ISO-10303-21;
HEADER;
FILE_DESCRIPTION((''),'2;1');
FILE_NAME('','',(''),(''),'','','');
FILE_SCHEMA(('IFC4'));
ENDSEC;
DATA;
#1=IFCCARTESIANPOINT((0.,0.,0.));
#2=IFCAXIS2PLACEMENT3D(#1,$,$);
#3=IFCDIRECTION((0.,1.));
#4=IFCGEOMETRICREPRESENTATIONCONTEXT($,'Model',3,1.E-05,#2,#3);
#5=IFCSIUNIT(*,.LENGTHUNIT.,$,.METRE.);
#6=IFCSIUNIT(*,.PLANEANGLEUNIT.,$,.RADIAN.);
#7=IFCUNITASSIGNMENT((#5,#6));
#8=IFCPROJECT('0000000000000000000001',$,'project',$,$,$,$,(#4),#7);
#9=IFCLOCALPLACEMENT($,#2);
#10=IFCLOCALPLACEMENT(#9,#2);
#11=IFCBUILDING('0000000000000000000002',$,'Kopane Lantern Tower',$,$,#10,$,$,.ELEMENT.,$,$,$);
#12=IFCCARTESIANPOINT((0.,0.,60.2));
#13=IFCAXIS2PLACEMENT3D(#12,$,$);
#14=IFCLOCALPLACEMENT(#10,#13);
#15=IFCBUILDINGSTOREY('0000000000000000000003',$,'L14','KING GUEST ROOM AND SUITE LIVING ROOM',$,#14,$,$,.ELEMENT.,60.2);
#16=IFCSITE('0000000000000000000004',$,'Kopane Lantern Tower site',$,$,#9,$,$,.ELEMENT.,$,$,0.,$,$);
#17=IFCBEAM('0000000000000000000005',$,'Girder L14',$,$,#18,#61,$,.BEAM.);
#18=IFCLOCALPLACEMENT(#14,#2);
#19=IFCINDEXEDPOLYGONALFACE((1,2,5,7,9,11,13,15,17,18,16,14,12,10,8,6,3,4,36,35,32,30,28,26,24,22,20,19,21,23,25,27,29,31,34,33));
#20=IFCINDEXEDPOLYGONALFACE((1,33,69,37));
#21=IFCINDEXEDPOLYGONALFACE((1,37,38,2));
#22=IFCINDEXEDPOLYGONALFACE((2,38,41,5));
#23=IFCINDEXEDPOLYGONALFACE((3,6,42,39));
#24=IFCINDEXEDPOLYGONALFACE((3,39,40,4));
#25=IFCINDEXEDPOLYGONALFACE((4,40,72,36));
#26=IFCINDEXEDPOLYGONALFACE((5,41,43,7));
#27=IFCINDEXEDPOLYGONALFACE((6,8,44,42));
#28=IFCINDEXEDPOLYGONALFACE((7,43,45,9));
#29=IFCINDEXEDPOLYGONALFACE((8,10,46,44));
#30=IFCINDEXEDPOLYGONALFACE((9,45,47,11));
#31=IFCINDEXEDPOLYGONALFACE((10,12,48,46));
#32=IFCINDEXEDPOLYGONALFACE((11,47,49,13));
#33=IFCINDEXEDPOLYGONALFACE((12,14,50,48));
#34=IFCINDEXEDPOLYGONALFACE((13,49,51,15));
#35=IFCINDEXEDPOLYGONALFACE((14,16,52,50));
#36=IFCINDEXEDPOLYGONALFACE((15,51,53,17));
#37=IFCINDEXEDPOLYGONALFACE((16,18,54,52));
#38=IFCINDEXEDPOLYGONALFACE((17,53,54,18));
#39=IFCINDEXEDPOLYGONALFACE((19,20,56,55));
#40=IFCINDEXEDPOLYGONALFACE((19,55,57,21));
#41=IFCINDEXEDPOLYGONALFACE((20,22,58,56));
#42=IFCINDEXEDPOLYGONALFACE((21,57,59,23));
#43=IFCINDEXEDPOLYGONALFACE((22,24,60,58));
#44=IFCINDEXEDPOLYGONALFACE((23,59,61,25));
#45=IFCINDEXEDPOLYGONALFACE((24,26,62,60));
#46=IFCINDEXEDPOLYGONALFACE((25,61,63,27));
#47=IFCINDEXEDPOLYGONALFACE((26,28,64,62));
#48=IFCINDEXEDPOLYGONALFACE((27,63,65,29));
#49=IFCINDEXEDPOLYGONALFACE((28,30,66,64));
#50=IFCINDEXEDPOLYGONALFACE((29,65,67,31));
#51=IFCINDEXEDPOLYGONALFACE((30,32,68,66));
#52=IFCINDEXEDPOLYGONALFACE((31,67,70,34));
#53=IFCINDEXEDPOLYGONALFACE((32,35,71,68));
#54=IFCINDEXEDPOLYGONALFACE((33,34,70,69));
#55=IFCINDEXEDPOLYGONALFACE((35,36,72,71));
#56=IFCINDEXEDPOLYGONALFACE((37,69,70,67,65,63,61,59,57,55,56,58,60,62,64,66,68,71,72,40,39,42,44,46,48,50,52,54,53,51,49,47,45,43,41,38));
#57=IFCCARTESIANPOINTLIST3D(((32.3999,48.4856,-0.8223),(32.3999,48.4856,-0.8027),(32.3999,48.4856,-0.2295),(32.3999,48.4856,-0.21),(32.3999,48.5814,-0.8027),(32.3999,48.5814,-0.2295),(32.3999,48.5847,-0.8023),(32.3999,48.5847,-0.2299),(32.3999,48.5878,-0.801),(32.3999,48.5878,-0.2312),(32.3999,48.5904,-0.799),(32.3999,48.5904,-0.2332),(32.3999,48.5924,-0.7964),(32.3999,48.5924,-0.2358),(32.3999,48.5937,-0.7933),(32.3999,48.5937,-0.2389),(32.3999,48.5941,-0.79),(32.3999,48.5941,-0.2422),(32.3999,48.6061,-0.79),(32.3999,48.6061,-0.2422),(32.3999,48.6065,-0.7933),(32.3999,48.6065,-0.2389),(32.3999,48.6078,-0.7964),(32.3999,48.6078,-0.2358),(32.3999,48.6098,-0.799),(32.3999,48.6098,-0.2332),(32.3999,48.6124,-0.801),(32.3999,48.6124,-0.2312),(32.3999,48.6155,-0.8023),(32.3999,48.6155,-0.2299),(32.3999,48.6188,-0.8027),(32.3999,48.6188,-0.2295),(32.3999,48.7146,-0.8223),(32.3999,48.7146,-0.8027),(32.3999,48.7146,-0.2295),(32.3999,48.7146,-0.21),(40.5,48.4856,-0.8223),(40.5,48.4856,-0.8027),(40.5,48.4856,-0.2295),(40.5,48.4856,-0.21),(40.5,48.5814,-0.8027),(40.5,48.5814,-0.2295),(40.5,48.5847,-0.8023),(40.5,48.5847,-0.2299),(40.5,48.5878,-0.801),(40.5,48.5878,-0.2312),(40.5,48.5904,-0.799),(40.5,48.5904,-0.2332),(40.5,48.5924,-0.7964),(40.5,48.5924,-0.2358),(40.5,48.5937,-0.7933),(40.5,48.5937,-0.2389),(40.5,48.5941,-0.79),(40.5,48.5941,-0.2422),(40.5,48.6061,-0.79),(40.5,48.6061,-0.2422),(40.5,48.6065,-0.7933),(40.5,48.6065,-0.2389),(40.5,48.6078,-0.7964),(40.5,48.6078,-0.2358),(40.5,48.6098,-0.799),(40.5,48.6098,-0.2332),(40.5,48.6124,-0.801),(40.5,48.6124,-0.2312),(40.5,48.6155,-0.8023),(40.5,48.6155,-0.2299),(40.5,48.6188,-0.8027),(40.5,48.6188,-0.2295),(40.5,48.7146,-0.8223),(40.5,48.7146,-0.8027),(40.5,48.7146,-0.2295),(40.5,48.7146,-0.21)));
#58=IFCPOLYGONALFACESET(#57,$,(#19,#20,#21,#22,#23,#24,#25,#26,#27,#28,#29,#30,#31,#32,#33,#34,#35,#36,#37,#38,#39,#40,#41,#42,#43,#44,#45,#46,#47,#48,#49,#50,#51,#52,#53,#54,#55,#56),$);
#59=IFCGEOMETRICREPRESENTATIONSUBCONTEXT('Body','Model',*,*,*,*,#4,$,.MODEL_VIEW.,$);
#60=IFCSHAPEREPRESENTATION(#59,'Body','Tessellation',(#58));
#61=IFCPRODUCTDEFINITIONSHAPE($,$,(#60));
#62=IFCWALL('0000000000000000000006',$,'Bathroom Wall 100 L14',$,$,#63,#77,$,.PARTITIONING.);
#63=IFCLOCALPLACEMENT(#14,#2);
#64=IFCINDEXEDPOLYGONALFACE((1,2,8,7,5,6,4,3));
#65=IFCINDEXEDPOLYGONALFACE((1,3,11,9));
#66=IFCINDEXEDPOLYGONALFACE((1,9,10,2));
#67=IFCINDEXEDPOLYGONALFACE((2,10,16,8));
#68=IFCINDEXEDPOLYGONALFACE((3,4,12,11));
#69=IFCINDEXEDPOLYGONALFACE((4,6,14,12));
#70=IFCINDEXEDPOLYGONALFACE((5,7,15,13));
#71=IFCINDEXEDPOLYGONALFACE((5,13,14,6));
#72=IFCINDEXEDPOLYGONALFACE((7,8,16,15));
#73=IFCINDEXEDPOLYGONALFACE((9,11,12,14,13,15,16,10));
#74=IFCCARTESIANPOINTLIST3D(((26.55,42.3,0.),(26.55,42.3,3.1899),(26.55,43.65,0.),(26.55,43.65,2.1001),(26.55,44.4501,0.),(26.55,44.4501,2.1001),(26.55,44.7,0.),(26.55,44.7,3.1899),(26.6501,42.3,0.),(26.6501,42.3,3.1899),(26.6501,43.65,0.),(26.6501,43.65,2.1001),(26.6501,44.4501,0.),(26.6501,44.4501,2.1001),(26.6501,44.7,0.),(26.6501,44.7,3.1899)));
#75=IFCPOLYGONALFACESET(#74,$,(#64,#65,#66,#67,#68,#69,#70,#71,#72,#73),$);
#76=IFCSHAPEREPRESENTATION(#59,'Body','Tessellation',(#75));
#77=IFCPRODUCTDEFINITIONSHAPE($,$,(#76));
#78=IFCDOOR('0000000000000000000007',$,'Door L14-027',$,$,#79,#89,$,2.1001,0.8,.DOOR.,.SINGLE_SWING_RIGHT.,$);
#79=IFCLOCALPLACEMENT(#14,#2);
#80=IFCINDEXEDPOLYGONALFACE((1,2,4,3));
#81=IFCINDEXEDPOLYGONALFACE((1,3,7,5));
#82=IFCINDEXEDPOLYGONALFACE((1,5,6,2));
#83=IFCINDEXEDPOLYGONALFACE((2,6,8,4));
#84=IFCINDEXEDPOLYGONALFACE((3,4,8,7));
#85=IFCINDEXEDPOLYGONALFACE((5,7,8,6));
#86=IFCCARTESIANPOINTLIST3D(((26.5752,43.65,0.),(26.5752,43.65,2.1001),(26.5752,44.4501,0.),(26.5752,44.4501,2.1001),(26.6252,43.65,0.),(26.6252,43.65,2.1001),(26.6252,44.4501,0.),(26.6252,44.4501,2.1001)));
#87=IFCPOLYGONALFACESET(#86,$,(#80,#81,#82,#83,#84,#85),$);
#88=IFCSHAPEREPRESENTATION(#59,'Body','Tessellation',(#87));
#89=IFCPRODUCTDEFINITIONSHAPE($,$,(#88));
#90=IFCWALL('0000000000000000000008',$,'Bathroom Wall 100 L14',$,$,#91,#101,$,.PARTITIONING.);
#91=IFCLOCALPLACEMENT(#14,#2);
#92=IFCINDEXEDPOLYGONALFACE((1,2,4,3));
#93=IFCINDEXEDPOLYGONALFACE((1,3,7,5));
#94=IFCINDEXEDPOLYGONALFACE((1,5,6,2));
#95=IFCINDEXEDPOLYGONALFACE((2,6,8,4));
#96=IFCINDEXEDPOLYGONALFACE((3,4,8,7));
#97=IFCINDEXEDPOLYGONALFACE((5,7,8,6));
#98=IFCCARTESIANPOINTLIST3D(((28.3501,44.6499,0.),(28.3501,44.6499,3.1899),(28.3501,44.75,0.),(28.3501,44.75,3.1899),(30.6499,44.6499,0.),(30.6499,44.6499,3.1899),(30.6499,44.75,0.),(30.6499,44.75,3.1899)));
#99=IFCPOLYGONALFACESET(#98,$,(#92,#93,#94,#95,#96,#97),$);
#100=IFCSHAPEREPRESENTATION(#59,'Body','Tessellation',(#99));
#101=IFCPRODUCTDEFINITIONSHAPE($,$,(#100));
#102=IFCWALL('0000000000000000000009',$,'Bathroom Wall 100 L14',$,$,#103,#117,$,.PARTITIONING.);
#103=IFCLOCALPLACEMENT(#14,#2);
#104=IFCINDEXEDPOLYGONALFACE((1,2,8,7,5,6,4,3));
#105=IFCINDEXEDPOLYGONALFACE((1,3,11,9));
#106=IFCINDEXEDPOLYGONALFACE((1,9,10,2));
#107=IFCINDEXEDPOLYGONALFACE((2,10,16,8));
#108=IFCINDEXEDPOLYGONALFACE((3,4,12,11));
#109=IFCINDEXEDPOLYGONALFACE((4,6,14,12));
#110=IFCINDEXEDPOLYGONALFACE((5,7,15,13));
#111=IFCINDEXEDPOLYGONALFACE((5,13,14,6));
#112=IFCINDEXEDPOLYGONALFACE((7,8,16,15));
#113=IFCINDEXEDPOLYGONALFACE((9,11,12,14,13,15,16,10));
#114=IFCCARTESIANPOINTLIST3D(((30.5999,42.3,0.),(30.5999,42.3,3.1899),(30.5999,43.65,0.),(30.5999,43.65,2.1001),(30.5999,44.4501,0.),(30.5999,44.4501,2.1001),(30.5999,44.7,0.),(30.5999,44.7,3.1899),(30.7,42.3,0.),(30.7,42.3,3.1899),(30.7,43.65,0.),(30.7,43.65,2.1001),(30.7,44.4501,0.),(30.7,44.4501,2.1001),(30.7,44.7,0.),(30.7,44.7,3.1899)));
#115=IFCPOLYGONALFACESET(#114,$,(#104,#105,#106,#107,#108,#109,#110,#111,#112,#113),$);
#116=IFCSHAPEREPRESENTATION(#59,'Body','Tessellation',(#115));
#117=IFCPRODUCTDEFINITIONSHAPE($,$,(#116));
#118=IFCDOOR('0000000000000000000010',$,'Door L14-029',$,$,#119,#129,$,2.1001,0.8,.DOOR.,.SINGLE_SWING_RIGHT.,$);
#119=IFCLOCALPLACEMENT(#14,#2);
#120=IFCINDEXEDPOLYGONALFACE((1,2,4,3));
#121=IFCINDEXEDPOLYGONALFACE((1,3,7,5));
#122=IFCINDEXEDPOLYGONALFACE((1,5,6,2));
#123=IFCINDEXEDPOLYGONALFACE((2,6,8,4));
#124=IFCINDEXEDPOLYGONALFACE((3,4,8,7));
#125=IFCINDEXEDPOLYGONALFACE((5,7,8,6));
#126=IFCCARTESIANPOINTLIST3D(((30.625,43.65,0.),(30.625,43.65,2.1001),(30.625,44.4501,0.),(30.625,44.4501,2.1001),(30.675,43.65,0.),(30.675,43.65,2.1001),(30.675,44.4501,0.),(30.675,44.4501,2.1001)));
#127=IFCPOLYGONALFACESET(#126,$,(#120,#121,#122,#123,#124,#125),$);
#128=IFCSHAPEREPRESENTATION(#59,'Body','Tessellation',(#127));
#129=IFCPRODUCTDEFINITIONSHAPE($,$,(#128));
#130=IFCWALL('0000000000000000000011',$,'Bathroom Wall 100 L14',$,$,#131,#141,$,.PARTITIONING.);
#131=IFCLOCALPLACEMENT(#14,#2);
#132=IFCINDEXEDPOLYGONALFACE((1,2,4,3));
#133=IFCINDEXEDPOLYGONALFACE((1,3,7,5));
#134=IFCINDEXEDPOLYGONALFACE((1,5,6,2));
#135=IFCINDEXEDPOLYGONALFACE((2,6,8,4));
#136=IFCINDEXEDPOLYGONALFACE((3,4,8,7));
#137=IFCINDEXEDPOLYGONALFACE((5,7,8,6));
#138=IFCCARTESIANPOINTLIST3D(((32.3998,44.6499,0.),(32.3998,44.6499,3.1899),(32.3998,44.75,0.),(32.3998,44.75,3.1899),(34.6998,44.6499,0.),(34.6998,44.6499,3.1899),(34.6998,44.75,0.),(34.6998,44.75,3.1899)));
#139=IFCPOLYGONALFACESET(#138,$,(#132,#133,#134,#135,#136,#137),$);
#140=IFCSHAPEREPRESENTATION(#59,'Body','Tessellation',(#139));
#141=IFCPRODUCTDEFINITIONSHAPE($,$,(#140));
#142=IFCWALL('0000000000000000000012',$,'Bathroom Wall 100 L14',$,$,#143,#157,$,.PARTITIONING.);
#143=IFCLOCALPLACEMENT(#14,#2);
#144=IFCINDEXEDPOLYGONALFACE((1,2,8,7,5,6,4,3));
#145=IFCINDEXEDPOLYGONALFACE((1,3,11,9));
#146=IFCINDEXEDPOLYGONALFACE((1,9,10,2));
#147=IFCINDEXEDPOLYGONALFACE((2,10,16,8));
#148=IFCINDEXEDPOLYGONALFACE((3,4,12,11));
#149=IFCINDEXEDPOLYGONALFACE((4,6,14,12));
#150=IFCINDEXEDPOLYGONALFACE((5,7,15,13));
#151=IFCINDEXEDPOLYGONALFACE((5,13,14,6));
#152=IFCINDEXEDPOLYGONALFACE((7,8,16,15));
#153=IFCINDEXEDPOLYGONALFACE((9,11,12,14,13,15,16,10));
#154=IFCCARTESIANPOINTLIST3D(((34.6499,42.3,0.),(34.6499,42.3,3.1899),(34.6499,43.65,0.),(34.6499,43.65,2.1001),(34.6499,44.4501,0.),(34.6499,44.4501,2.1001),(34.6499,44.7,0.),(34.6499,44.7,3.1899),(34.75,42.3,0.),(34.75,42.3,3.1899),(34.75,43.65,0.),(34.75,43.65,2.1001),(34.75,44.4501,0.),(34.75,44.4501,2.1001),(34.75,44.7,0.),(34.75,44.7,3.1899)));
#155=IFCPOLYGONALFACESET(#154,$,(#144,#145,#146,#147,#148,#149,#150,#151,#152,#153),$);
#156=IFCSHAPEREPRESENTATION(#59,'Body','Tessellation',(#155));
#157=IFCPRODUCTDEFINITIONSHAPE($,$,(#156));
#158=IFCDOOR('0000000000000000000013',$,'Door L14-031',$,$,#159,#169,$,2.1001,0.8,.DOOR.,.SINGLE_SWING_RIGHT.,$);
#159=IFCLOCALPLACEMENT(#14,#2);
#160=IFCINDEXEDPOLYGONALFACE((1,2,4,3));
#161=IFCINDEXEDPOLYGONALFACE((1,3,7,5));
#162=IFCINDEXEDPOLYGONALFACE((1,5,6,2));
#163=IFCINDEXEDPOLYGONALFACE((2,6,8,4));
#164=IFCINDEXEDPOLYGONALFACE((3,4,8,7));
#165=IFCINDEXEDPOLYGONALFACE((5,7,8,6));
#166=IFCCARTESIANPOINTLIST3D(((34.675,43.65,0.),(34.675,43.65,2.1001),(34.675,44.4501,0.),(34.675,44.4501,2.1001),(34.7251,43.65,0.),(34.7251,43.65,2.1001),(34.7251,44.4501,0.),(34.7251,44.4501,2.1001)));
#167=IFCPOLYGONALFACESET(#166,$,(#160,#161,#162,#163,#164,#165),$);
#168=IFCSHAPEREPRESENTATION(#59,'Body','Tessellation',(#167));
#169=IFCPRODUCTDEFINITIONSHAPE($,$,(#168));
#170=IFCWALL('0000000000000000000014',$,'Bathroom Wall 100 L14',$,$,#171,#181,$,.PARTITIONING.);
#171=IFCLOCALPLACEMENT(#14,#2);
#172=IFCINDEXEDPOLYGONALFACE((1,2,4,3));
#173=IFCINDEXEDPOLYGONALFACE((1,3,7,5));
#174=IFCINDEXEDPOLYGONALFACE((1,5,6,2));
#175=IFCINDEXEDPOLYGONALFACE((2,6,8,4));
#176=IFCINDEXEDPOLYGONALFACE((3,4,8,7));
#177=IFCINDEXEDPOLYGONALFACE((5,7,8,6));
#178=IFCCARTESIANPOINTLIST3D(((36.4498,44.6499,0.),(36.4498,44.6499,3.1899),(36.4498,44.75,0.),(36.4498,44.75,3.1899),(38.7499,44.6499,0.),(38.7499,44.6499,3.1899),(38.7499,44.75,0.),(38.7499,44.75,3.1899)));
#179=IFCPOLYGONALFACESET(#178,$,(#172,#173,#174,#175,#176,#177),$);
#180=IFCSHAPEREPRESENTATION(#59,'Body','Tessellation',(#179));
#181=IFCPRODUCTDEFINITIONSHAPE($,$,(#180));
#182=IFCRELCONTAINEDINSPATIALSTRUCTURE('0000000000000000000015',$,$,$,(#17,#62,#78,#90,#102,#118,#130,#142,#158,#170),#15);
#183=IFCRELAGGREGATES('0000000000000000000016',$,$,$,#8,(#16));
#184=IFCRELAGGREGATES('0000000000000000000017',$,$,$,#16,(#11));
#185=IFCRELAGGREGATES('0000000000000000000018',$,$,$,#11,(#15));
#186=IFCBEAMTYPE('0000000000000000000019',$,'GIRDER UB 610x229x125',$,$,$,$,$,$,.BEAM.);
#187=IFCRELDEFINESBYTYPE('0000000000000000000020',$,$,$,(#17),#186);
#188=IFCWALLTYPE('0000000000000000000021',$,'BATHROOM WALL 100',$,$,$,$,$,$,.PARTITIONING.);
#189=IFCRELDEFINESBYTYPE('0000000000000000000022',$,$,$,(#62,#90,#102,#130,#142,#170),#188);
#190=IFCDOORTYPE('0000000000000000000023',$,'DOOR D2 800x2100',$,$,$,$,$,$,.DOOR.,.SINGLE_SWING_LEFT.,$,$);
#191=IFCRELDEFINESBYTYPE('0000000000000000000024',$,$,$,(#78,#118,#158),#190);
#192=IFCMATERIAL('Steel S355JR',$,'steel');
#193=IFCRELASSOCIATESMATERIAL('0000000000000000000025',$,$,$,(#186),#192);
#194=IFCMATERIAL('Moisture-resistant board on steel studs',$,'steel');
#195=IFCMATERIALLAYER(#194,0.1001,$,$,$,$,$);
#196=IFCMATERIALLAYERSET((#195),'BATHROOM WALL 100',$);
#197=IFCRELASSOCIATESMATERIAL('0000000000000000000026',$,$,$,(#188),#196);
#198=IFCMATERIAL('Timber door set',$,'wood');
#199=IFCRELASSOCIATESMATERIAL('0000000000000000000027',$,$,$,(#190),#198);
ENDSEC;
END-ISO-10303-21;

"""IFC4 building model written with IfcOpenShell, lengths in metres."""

from ifc_helpers import new_model, si_unit, direction, frame, frame_2d, origin, origin_2d, place, context, subcontext, project, spatial, rectangle, i_section, extrude, material, layer, layer_set, material_profile, profile_set, type_object, element, fill, save


model = new_model("IFC4")

# Units and contexts
model_context = context("Model", 3, precision=1e-05, world=origin(), true_north=direction((0.0, 1.0)))
body_context = subcontext(model_context, "Body", "Model", "MODEL_VIEW")
ifc_project = project(units=[si_unit("LENGTHUNIT", "METRE"), si_unit("PLANEANGLEUNIT", "RADIAN")], contexts=[model_context])

# Site, building, storey
site_placement = place(None, origin())
site = spatial("IfcSite", under=ifc_project, at=site_placement, Name="Kopane Lantern Tower site", CompositionType="ELEMENT", RefElevation=0.0)
building_placement = place(site_placement, origin())
building = spatial("IfcBuilding", under=site, at=building_placement, Name="Kopane Lantern Tower", CompositionType="ELEMENT")
storey_placement = place(building_placement, frame((0.0, 0.0, 60.2)))
storey = spatial("IfcBuildingStorey", under=building, at=storey_placement, Name="L14", Description="KING GUEST ROOM AND SUITE LIVING ROOM", CompositionType="ELEMENT", Elevation=60.2)

# Beam
ifc_material_1 = material(Name="Steel S355JR", Category="steel")
ifc_material_profile_1 = material_profile(ifc_material_1, i_section(OverallWidth=0.229, OverallDepth=0.6123, WebThickness=0.012, FlangeThickness=0.0195, FilletRadius=0.0127, at=origin_2d()), Name="UB 610x229x125")
ifc_profile_set_1 = profile_set([ifc_material_profile_1], Name="Steel S355JR")
beam_type = type_object("IfcBeamType", Name="GIRDER UB 610x229x125", PredefinedType="BEAM", material=ifc_profile_set_1)
for number, where, z_axis, x_axis, name in (
    (1, (32.3999, 48.6001, -0.5161), (1.0, 0.0, 0.0), (0.0, 1.0, 0.0), "Girder L14"),
):
    element("IfcBeam", number, at=place(storey_placement, frame(where, z_axis=z_axis, x_axis=x_axis)), inside=storey, type_object=beam_type, Name=name, PredefinedType="BEAM", context=body_context, shape_type="SweptSolid", body=[
        extrude(i_section(OverallWidth=0.229, OverallDepth=0.6123, WebThickness=0.012, FlangeThickness=0.0195, FilletRadius=0.0127, at=origin_2d()), origin(), (0.0, 0.0, 1.0), 8.1001),
    ])

# Wall, opening, door
ifc_material_2 = material(Name="Moisture-resistant board on steel studs", Category="steel")
ifc_layer_1 = layer(ifc_material_2, 0.1001)
ifc_layer_set_1 = layer_set([ifc_layer_1], Name="BATHROOM WALL 100")
wall_type_1 = type_object("IfcWallType", Name="BATHROOM WALL 100", PredefinedType="PARTITIONING", material=ifc_layer_set_1)
wall_1_placement = place(storey_placement, frame((26.6001, 42.3, 0.0), z_axis=(0.0, 0.0, 1.0), x_axis=(0.0, 1.0, 0.0)))
wall_1 = element("IfcWall", 2, at=wall_1_placement, inside=storey, type_object=wall_type_1, Name="Bathroom Wall 100 L14", PredefinedType="PARTITIONING", context=body_context, shape_type="SweptSolid", body=[
    extrude(rectangle(XDim=2.3999, YDim=0.1001, at=frame_2d((1.2, 0.0))), origin(), (0.0, 0.0, 1.0), 3.1899),
])
opening_1_placement = place(wall_1_placement, frame((1.3501, 0.0, 0.0)))
opening_1 = element("IfcOpeningElement", 3, at=opening_1_placement, cuts=wall_1, PredefinedType="OPENING", context=body_context, shape_type="SweptSolid", body=[
    extrude(rectangle(XDim=0.8, YDim=2.1001, at=frame_2d((0.3999, 1.05))), frame((0.0, 0.0601, 0.0), z_axis=(0.0, -1.0, 0.0), x_axis=(1.0, 0.0, 0.0)), (0.0, 0.0, 1.0), 0.1201),
])
ifc_material_3 = material(Name="Timber door set", Category="wood")
door_type_1 = type_object("IfcDoorType", Name="DOOR D2 800x2100", OperationType="SINGLE_SWING_LEFT", PredefinedType="DOOR", material=ifc_material_3)
door_1_placement = place(opening_1_placement, origin())
door_1 = element("IfcDoor", 4, at=door_1_placement, inside=storey, type_object=door_type_1, Name="Door L14-027", OperationType="SINGLE_SWING_RIGHT", OverallHeight=2.1001, OverallWidth=0.8, PredefinedType="DOOR", context=body_context, shape_type="SweptSolid", body=[
    extrude(rectangle(XDim=0.8, YDim=2.1001, at=frame_2d((0.3999, 1.05))), frame((0.0, 0.0249, 0.0), z_axis=(0.0, -1.0, 0.0), x_axis=(1.0, 0.0, 0.0)), (0.0, 0.0, 1.0), 0.05),
])
fill(opening_1, door_1)

# Wall
wall_2_placement = place(storey_placement, frame((28.3501, 44.7, 0.0), z_axis=(0.0, 0.0, 1.0), x_axis=(1.0, 0.0, 0.0)))
element("IfcWall", 5, at=wall_2_placement, inside=storey, type_object=wall_type_1, Name="Bathroom Wall 100 L14", PredefinedType="PARTITIONING", context=body_context, shape_type="SweptSolid", body=[
    extrude(rectangle(XDim=2.2998, YDim=0.1001, at=frame_2d((1.1499, 0.0))), origin(), (0.0, 0.0, 1.0), 3.1899),
])

# Wall, opening, door
wall_3_placement = place(storey_placement, frame((30.6499, 42.3, 0.0), z_axis=(0.0, 0.0, 1.0), x_axis=(0.0, 1.0, 0.0)))
wall_3 = element("IfcWall", 6, at=wall_3_placement, inside=storey, type_object=wall_type_1, Name="Bathroom Wall 100 L14", PredefinedType="PARTITIONING", context=body_context, shape_type="SweptSolid", body=[
    extrude(rectangle(XDim=2.3999, YDim=0.1001, at=frame_2d((1.2, 0.0))), origin(), (0.0, 0.0, 1.0), 3.1899),
])
opening_2_placement = place(wall_3_placement, frame((1.3501, 0.0, 0.0)))
opening_2 = element("IfcOpeningElement", 7, at=opening_2_placement, cuts=wall_3, PredefinedType="OPENING", context=body_context, shape_type="SweptSolid", body=[
    extrude(rectangle(XDim=0.8, YDim=2.1001, at=frame_2d((0.3999, 1.05))), frame((0.0, 0.0601, 0.0), z_axis=(0.0, -1.0, 0.0), x_axis=(1.0, 0.0, 0.0)), (0.0, 0.0, 1.0), 0.1201),
])
door_2_placement = place(opening_2_placement, origin())
door_2 = element("IfcDoor", 8, at=door_2_placement, inside=storey, type_object=door_type_1, Name="Door L14-029", OperationType="SINGLE_SWING_RIGHT", OverallHeight=2.1001, OverallWidth=0.8, PredefinedType="DOOR", context=body_context, shape_type="SweptSolid", body=[
    extrude(rectangle(XDim=0.8, YDim=2.1001, at=frame_2d((0.3999, 1.05))), frame((0.0, 0.0249, 0.0), z_axis=(0.0, -1.0, 0.0), x_axis=(1.0, 0.0, 0.0)), (0.0, 0.0, 1.0), 0.05),
])
fill(opening_2, door_2)

# Wall
wall_4_placement = place(storey_placement, frame((32.3999, 44.7, 0.0), z_axis=(0.0, 0.0, 1.0), x_axis=(1.0, 0.0, 0.0)))
element("IfcWall", 9, at=wall_4_placement, inside=storey, type_object=wall_type_1, Name="Bathroom Wall 100 L14", PredefinedType="PARTITIONING", context=body_context, shape_type="SweptSolid", body=[
    extrude(rectangle(XDim=2.3, YDim=0.1001, at=frame_2d((1.1499, 0.0))), origin(), (0.0, 0.0, 1.0), 3.1899),
])

# Wall, opening, door
wall_5_placement = place(storey_placement, frame((34.7, 42.3, 0.0), z_axis=(0.0, 0.0, 1.0), x_axis=(0.0, 1.0, 0.0)))
wall_5 = element("IfcWall", 10, at=wall_5_placement, inside=storey, type_object=wall_type_1, Name="Bathroom Wall 100 L14", PredefinedType="PARTITIONING", context=body_context, shape_type="SweptSolid", body=[
    extrude(rectangle(XDim=2.3999, YDim=0.1001, at=frame_2d((1.2, 0.0))), origin(), (0.0, 0.0, 1.0), 3.1899),
])
opening_3_placement = place(wall_5_placement, frame((1.3501, 0.0, 0.0)))
opening_3 = element("IfcOpeningElement", 11, at=opening_3_placement, cuts=wall_5, PredefinedType="OPENING", context=body_context, shape_type="SweptSolid", body=[
    extrude(rectangle(XDim=0.8, YDim=2.1001, at=frame_2d((0.3999, 1.05))), frame((0.0, 0.0601, 0.0), z_axis=(0.0, -1.0, 0.0), x_axis=(1.0, 0.0, 0.0)), (0.0, 0.0, 1.0), 0.1201),
])
door_3_placement = place(opening_3_placement, origin())
door_3 = element("IfcDoor", 12, at=door_3_placement, inside=storey, type_object=door_type_1, Name="Door L14-031", OperationType="SINGLE_SWING_RIGHT", OverallHeight=2.1001, OverallWidth=0.8, PredefinedType="DOOR", context=body_context, shape_type="SweptSolid", body=[
    extrude(rectangle(XDim=0.8, YDim=2.1001, at=frame_2d((0.3999, 1.05))), frame((0.0, 0.0249, 0.0), z_axis=(0.0, -1.0, 0.0), x_axis=(1.0, 0.0, 0.0)), (0.0, 0.0, 1.0), 0.05),
])
fill(opening_3, door_3)

# Wall
wall_6_placement = place(storey_placement, frame((36.45, 44.7, 0.0), z_axis=(0.0, 0.0, 1.0), x_axis=(1.0, 0.0, 0.0)))
element("IfcWall", 13, at=wall_6_placement, inside=storey, type_object=wall_type_1, Name="Bathroom Wall 100 L14", PredefinedType="PARTITIONING", context=body_context, shape_type="SweptSolid", body=[
    extrude(rectangle(XDim=2.3, YDim=0.1001, at=frame_2d((1.1499, 0.0))), origin(), (0.0, 0.0, 1.0), 3.1899),
])

save(model, "model.ifc")
